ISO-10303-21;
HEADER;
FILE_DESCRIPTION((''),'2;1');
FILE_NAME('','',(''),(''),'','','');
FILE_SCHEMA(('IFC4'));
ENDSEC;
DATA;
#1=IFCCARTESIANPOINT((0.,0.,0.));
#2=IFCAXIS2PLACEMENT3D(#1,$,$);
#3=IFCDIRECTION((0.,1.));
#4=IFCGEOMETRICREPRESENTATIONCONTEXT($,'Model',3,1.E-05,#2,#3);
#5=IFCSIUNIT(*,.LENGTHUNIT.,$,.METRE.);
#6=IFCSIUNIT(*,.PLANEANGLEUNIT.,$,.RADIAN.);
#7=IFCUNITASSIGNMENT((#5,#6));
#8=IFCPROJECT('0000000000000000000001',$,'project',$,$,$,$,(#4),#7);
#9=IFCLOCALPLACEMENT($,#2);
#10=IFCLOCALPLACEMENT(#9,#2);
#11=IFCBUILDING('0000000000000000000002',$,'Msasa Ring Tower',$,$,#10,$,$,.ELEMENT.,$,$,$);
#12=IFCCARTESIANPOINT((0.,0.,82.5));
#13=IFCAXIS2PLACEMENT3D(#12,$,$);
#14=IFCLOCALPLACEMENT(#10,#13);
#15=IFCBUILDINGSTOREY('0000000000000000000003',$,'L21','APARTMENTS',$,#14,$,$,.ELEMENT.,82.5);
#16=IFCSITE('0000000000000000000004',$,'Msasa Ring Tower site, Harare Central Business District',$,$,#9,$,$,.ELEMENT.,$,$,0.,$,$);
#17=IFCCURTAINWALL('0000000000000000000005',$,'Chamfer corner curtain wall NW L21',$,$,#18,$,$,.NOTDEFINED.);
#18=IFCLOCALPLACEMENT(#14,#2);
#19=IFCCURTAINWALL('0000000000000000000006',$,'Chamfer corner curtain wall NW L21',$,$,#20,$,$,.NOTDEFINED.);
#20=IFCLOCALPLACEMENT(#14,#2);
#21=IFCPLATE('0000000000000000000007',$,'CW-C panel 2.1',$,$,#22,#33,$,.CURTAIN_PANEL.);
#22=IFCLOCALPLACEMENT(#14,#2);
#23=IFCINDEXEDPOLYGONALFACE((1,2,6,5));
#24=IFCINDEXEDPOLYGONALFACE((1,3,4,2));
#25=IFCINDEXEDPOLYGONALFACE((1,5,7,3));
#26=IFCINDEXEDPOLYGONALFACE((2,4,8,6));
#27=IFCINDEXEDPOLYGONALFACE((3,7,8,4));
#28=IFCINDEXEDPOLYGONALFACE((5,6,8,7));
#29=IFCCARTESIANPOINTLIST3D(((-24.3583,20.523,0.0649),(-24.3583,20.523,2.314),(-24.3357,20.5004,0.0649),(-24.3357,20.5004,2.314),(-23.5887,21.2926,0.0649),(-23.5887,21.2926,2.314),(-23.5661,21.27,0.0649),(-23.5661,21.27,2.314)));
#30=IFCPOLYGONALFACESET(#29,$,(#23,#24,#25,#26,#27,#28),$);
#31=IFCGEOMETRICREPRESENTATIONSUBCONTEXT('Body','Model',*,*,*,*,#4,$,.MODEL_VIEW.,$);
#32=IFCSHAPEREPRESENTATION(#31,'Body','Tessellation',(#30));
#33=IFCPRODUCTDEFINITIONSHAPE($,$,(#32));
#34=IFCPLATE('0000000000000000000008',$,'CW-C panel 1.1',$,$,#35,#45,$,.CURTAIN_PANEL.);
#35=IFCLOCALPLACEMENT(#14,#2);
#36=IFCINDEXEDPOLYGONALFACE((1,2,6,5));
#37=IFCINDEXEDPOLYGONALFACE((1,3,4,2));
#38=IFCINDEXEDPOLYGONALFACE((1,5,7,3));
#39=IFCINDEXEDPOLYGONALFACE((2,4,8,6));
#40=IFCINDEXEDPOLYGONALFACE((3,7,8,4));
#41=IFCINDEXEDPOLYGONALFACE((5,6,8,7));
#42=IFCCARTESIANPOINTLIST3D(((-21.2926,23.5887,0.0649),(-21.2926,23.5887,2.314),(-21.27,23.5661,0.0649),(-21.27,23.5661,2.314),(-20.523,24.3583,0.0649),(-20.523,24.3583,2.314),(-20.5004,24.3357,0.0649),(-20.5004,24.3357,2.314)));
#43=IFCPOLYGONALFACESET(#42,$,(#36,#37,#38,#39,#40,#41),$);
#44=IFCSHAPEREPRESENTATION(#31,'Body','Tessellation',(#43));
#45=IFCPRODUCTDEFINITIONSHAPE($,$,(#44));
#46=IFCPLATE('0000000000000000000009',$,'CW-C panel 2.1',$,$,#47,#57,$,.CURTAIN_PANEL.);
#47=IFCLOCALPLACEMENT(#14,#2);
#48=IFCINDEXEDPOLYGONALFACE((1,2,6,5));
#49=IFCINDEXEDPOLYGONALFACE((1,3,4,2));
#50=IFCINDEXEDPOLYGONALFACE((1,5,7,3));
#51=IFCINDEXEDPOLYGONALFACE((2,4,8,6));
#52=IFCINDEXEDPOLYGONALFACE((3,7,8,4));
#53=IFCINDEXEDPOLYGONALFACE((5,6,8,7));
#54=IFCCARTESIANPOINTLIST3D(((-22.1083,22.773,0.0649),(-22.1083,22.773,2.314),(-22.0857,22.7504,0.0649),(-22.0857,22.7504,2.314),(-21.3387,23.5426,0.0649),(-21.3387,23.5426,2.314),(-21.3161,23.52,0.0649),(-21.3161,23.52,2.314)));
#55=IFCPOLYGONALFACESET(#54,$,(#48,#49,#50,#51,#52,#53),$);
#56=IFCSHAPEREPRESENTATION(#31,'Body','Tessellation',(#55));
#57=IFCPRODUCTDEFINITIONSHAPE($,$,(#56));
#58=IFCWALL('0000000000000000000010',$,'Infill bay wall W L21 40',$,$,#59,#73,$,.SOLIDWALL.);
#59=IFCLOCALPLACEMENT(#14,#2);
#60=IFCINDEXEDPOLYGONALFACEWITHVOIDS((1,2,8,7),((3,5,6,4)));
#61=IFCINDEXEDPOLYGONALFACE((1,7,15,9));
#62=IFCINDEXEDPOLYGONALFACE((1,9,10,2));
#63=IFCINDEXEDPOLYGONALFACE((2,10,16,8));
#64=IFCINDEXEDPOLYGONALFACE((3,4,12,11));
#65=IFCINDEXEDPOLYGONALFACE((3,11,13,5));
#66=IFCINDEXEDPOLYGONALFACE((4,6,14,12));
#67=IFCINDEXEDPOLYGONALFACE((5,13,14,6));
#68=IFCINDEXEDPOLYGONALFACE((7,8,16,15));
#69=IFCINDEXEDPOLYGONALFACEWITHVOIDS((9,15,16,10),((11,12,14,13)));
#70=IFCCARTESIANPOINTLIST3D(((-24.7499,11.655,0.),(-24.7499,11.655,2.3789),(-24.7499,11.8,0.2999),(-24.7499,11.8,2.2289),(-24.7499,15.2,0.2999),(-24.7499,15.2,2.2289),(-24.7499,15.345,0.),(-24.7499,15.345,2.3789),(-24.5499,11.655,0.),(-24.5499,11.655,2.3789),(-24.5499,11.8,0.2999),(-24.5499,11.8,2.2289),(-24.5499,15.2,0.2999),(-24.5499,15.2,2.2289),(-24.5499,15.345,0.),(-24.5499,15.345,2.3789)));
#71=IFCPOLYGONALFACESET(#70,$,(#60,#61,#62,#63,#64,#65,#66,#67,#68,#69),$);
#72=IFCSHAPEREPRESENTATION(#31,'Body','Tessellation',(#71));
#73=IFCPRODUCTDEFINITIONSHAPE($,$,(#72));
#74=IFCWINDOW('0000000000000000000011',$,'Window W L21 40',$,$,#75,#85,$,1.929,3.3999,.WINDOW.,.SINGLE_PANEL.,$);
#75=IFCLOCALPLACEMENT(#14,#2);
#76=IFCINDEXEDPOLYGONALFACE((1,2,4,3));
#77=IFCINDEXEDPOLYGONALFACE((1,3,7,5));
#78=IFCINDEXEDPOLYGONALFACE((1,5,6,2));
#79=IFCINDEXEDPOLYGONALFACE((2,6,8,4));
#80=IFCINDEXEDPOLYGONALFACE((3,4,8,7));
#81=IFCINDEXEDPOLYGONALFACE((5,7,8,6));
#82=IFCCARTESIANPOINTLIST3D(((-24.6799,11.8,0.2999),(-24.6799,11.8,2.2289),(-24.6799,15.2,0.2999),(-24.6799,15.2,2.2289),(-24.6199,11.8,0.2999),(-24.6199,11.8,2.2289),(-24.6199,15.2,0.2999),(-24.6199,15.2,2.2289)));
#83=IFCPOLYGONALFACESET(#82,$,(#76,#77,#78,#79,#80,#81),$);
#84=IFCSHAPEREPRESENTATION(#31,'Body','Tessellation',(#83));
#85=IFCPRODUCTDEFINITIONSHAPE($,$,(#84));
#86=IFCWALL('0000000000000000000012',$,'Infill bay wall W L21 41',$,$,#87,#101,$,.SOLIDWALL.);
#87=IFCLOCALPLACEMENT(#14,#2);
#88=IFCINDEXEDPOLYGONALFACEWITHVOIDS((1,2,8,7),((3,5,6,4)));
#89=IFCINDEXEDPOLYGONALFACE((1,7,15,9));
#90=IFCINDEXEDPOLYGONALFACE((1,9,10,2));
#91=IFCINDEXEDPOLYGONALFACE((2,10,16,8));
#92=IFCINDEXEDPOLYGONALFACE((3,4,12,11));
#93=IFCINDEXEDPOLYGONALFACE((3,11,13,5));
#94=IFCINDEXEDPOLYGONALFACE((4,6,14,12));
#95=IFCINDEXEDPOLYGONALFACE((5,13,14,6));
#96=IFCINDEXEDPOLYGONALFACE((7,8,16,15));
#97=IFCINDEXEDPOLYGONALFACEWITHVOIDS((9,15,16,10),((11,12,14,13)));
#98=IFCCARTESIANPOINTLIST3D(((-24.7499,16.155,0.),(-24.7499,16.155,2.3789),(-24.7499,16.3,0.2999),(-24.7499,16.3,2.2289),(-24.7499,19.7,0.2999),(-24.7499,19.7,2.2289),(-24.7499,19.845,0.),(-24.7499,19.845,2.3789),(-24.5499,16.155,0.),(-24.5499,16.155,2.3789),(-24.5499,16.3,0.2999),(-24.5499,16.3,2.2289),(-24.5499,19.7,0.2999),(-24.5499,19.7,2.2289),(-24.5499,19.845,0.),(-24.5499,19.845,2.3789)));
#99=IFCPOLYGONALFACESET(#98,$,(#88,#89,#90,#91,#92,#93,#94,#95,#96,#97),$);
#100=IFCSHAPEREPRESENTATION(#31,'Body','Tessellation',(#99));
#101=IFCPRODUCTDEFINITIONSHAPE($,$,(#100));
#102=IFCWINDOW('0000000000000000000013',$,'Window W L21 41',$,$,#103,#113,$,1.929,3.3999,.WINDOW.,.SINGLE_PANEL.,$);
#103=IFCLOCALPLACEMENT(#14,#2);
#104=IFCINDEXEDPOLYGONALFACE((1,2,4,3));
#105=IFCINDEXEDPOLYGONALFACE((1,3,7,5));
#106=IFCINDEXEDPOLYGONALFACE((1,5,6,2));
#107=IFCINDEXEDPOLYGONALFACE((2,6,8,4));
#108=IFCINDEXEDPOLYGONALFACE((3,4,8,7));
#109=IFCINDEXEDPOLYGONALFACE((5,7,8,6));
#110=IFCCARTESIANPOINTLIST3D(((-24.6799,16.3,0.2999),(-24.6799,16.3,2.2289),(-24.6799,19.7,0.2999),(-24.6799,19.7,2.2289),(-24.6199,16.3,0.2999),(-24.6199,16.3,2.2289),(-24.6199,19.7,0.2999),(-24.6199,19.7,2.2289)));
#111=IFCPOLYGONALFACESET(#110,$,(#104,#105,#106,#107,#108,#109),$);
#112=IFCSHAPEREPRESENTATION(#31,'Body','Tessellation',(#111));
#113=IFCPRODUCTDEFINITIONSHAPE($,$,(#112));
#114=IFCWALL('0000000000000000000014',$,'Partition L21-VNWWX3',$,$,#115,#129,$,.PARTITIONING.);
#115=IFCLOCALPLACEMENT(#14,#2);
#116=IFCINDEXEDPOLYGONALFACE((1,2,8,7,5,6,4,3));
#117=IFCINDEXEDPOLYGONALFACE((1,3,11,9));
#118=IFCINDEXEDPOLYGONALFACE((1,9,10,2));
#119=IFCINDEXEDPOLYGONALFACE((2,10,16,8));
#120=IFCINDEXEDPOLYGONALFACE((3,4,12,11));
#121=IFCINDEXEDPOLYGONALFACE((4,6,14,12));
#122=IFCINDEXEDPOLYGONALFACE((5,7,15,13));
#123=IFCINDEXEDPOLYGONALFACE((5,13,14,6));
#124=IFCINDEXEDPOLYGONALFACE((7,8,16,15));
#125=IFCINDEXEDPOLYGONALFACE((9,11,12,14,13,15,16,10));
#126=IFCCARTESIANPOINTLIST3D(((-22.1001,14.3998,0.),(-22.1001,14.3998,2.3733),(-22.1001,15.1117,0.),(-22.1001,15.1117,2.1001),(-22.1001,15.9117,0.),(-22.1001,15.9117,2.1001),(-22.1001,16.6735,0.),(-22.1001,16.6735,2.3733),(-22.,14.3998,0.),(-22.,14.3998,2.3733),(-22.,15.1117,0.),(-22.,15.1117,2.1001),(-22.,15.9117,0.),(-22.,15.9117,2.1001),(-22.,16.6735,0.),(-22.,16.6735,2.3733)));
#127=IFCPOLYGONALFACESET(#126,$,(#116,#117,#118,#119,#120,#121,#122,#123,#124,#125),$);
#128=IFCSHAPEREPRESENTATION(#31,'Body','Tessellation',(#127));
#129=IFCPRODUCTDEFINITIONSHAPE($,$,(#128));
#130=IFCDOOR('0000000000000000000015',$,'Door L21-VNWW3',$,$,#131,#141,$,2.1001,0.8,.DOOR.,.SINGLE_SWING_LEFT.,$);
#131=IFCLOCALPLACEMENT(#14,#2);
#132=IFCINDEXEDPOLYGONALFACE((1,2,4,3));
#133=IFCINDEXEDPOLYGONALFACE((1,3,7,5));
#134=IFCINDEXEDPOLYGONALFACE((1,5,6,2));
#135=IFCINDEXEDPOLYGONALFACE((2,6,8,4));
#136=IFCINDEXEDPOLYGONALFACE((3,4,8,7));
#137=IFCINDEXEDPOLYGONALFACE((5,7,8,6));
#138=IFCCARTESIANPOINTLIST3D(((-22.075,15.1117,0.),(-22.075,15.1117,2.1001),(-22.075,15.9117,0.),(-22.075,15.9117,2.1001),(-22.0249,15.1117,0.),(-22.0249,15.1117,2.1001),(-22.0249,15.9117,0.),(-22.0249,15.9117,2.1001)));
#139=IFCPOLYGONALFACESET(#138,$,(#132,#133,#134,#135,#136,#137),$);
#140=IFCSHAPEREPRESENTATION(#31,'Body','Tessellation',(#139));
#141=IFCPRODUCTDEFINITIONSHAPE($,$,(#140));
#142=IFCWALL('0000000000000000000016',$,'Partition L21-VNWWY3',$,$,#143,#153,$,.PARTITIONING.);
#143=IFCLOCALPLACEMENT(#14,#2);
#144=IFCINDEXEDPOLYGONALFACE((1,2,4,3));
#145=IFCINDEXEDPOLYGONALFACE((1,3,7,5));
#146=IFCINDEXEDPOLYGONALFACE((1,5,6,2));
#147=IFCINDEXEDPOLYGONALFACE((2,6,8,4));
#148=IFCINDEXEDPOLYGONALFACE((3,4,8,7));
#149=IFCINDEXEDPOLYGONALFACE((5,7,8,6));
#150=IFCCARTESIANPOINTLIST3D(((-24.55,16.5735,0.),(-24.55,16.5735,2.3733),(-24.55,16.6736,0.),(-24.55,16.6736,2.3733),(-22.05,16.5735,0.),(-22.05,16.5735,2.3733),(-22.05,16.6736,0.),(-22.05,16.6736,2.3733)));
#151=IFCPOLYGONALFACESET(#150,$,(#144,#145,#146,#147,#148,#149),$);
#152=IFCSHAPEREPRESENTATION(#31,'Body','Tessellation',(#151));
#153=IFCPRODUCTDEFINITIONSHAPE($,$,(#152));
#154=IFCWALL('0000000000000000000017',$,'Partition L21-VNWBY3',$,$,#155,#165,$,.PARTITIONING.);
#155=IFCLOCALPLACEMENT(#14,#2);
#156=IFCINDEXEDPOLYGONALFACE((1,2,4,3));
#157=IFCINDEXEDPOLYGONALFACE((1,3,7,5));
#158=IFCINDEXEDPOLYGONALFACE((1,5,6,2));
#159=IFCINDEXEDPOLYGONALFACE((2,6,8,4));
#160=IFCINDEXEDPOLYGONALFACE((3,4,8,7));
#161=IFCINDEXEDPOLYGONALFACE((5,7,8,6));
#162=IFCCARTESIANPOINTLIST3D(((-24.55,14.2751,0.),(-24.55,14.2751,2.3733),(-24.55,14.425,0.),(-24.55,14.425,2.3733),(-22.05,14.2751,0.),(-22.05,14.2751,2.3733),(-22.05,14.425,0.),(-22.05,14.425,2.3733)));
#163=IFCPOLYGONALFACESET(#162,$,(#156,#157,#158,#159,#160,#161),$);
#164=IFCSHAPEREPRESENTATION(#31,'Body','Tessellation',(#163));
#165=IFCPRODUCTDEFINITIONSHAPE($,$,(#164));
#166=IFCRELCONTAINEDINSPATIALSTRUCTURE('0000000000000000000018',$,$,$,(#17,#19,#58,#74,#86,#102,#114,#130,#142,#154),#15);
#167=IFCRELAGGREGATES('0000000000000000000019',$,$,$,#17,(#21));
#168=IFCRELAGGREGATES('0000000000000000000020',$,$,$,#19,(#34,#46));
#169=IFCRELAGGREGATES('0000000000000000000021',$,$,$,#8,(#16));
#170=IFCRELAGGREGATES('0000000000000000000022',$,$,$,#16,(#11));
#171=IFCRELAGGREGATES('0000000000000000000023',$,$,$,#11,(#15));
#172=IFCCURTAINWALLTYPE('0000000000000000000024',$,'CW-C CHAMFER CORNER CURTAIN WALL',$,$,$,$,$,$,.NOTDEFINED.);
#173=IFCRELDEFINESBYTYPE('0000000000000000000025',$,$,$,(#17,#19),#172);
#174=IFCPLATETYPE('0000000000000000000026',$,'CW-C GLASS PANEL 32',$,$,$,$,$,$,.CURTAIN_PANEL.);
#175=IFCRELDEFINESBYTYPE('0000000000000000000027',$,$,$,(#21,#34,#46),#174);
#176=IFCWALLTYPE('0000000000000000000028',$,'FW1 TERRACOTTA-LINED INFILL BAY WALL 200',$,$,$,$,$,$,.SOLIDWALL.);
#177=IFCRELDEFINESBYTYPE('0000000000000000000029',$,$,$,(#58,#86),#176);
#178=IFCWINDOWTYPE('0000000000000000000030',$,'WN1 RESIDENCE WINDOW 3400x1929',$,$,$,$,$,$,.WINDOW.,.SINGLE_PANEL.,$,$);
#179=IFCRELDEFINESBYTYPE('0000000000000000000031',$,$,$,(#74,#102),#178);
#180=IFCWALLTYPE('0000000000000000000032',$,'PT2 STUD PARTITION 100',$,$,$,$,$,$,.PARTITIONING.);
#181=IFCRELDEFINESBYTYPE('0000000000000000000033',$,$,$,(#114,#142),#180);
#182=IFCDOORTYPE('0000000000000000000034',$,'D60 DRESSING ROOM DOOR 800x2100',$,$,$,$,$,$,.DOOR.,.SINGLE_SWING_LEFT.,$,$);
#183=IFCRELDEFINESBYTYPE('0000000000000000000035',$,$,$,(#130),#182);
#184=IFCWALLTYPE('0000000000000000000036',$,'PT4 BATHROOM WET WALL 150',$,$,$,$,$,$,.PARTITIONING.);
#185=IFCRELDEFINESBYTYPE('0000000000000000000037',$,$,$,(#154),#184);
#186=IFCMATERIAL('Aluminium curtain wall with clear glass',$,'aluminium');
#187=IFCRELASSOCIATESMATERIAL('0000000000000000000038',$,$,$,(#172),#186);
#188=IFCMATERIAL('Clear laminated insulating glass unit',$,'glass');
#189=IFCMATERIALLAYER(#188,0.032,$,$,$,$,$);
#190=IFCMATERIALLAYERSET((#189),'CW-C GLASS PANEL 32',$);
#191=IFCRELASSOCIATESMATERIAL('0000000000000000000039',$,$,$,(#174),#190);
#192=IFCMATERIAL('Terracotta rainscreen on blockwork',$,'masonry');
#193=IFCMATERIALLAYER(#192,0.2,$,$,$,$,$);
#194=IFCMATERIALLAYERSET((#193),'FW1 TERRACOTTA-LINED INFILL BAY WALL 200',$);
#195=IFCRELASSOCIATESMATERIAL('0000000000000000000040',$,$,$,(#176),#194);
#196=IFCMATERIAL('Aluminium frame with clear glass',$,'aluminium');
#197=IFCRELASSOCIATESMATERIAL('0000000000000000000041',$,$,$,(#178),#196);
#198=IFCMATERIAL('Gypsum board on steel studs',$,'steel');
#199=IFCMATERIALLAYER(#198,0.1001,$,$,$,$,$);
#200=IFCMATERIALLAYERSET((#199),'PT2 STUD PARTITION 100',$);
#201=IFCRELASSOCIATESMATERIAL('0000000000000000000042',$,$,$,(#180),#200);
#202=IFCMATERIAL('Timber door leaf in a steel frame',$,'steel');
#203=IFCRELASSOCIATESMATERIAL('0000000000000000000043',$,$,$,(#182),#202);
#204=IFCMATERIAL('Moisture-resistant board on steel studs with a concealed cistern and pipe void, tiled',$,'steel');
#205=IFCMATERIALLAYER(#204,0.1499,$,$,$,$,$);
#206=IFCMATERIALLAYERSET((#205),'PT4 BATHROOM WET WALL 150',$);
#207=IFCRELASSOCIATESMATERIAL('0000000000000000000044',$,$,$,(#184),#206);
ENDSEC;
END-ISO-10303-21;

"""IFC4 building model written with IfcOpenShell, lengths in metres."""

from ifc_helpers import new_model, si_unit, direction, frame, frame_2d, origin, origin_2d, place, context, subcontext, project, spatial, rectangle, extrude, material, layer, layer_set, type_object, element, fill, aggregate, save


model = new_model("IFC4")

# Units and contexts
model_context = context("Model", 3, precision=1e-05, world=origin(), true_north=direction((0.0, 1.0)))
body_context = subcontext(model_context, "Body", "Model", "MODEL_VIEW")
ifc_project = project(units=[si_unit("LENGTHUNIT", "METRE"), si_unit("PLANEANGLEUNIT", "RADIAN")], contexts=[model_context])

# Site, building, storey
site_placement = place(None, origin())
site = spatial("IfcSite", under=ifc_project, at=site_placement, Name="Msasa Ring Tower site, Harare Central Business District", CompositionType="ELEMENT", RefElevation=0.0)
building_placement = place(site_placement, origin())
building = spatial("IfcBuilding", under=site, at=building_placement, Name="Msasa Ring Tower", CompositionType="ELEMENT")
storey_placement = place(building_placement, frame((0.0, 0.0, 82.5)))
storey = spatial("IfcBuildingStorey", under=building, at=storey_placement, Name="L21", Description="APARTMENTS", CompositionType="ELEMENT", Elevation=82.5)

# Curtain walls
ifc_material_1 = material(Name="Aluminium curtain wall with clear glass", Category="aluminium")
curtain_wall_type = type_object("IfcCurtainWallType", Name="CW-C CHAMFER CORNER CURTAIN WALL", PredefinedType="NOTDEFINED", material=ifc_material_1)
curtain_wall_1_placement = place(storey_placement, origin())
curtain_wall_1 = element("IfcCurtainWall", 1, at=curtain_wall_1_placement, inside=storey, type_object=curtain_wall_type, Name="Chamfer corner curtain wall NW L21", PredefinedType="NOTDEFINED")
curtain_wall_2_placement = place(storey_placement, origin())
curtain_wall_2 = element("IfcCurtainWall", 2, at=curtain_wall_2_placement, inside=storey, type_object=curtain_wall_type, Name="Chamfer corner curtain wall NW L21", PredefinedType="NOTDEFINED")

# Plates
ifc_material_2 = material(Name="Clear laminated insulating glass unit", Category="glass")
ifc_layer_1 = layer(ifc_material_2, 0.032)
ifc_layer_set_1 = layer_set([ifc_layer_1], Name="CW-C GLASS PANEL 32")
plate_type = type_object("IfcPlateType", Name="CW-C GLASS PANEL 32", PredefinedType="CURTAIN_PANEL", material=ifc_layer_set_1)
plate_1_placement = place(storey_placement, frame((-23.9622, 20.8965, 0.0649), z_axis=(0.0, 0.0, 1.0), x_axis=(-0.707107, -0.707107, 0.0)))
plate_1 = element("IfcPlate", 3, at=plate_1_placement, type_object=plate_type, Name="CW-C panel 2.1", PredefinedType="CURTAIN_PANEL", context=body_context, shape_type="SweptSolid", body=[
    extrude(rectangle(XDim=1.0884, YDim=0.032, at=origin_2d()), origin(), (0.0, 0.0, 1.0), 2.249),
])
aggregate(curtain_wall_1, [plate_1])
plate_2_placement = place(storey_placement, frame((-20.8965, 23.9622, 0.0649), z_axis=(0.0, 0.0, 1.0), x_axis=(-0.707107, -0.707107, 0.0)))
plate_2 = element("IfcPlate", 4, at=plate_2_placement, type_object=plate_type, Name="CW-C panel 1.1", PredefinedType="CURTAIN_PANEL", context=body_context, shape_type="SweptSolid", body=[
    extrude(rectangle(XDim=1.0884, YDim=0.032, at=origin_2d()), origin(), (0.0, 0.0, 1.0), 2.249),
])
plate_3_placement = place(storey_placement, frame((-21.7122, 23.1465, 0.0649), z_axis=(0.0, 0.0, 1.0), x_axis=(-0.707107, -0.707107, 0.0)))
plate_3 = element("IfcPlate", 5, at=plate_3_placement, type_object=plate_type, Name="CW-C panel 2.1", PredefinedType="CURTAIN_PANEL", context=body_context, shape_type="SweptSolid", body=[
    extrude(rectangle(XDim=1.0884, YDim=0.032, at=origin_2d()), origin(), (0.0, 0.0, 1.0), 2.249),
])
aggregate(curtain_wall_2, [plate_2, plate_3])

# Walls, openings, windows
ifc_material_3 = material(Name="Terracotta rainscreen on blockwork", Category="masonry")
ifc_layer_2 = layer(ifc_material_3, 0.2)
ifc_layer_set_2 = layer_set([ifc_layer_2], Name="FW1 TERRACOTTA-LINED INFILL BAY WALL 200")
wall_type_1 = type_object("IfcWallType", Name="FW1 TERRACOTTA-LINED INFILL BAY WALL 200", PredefinedType="SOLIDWALL", material=ifc_layer_set_2)
wall_1_placement = place(storey_placement, frame((-24.6499, 11.655, 0.0), z_axis=(0.0, 0.0, 1.0), x_axis=(0.0, 1.0, 0.0)))
wall_1 = element("IfcWall", 6, at=wall_1_placement, inside=storey, type_object=wall_type_1, Name="Infill bay wall W L21 40", PredefinedType="SOLIDWALL", context=body_context, shape_type="SweptSolid", body=[
    extrude(rectangle(XDim=3.6899, YDim=0.2, at=frame_2d((1.845, 0.0))), origin(), (0.0, 0.0, 1.0), 2.3789),
])
opening_1_placement = place(wall_1_placement, frame((0.145, 0.0, 0.3)))
opening_1 = element("IfcOpeningElement", 7, at=opening_1_placement, cuts=wall_1, PredefinedType="OPENING", context=body_context, shape_type="SweptSolid", body=[
    extrude(rectangle(XDim=3.3999, YDim=1.929, at=frame_2d((1.7, 0.9644))), frame((0.0, 0.1099, 0.0), z_axis=(0.0, -1.0, 0.0), x_axis=(1.0, 0.0, 0.0)), (0.0, 0.0, 1.0), 0.22),
])
ifc_material_4 = material(Name="Aluminium frame with clear glass", Category="aluminium")
window_type = type_object("IfcWindowType", Name="WN1 RESIDENCE WINDOW 3400x1929", PartitioningType="SINGLE_PANEL", PredefinedType="WINDOW", material=ifc_material_4)
window_1_placement = place(opening_1_placement, origin())
window_1 = element("IfcWindow", 8, at=window_1_placement, inside=storey, type_object=window_type, Name="Window W L21 40", OverallHeight=1.929, OverallWidth=3.3999, PartitioningType="SINGLE_PANEL", PredefinedType="WINDOW", context=body_context, shape_type="SweptSolid", body=[
    extrude(rectangle(XDim=3.3999, YDim=1.929, at=frame_2d((1.7, 0.9644))), frame((0.0, 0.03, 0.0), z_axis=(0.0, -1.0, 0.0), x_axis=(1.0, 0.0, 0.0)), (0.0, 0.0, 1.0), 0.0601),
])
fill(opening_1, window_1)
wall_2_placement = place(storey_placement, frame((-24.6499, 16.155, 0.0), z_axis=(0.0, 0.0, 1.0), x_axis=(0.0, 1.0, 0.0)))
wall_2 = element("IfcWall", 9, at=wall_2_placement, inside=storey, type_object=wall_type_1, Name="Infill bay wall W L21 41", PredefinedType="SOLIDWALL", context=body_context, shape_type="SweptSolid", body=[
    extrude(rectangle(XDim=3.6899, YDim=0.2, at=frame_2d((1.845, 0.0))), origin(), (0.0, 0.0, 1.0), 2.3789),
])
opening_2_placement = place(wall_2_placement, frame((0.145, 0.0, 0.3)))
opening_2 = element("IfcOpeningElement", 10, at=opening_2_placement, cuts=wall_2, PredefinedType="OPENING", context=body_context, shape_type="SweptSolid", body=[
    extrude(rectangle(XDim=3.3999, YDim=1.929, at=frame_2d((1.7, 0.9644))), frame((0.0, 0.1099, 0.0), z_axis=(0.0, -1.0, 0.0), x_axis=(1.0, 0.0, 0.0)), (0.0, 0.0, 1.0), 0.22),
])
window_2_placement = place(opening_2_placement, origin())
window_2 = element("IfcWindow", 11, at=window_2_placement, inside=storey, type_object=window_type, Name="Window W L21 41", OverallHeight=1.929, OverallWidth=3.3999, PartitioningType="SINGLE_PANEL", PredefinedType="WINDOW", context=body_context, shape_type="SweptSolid", body=[
    extrude(rectangle(XDim=3.3999, YDim=1.929, at=frame_2d((1.7, 0.9644))), frame((0.0, 0.03, 0.0), z_axis=(0.0, -1.0, 0.0), x_axis=(1.0, 0.0, 0.0)), (0.0, 0.0, 1.0), 0.0601),
])
fill(opening_2, window_2)

# Wall, opening, door
ifc_material_5 = material(Name="Gypsum board on steel studs", Category="steel")
ifc_layer_3 = layer(ifc_material_5, 0.1001)
ifc_layer_set_3 = layer_set([ifc_layer_3], Name="PT2 STUD PARTITION 100")
wall_type_2 = type_object("IfcWallType", Name="PT2 STUD PARTITION 100", PredefinedType="PARTITIONING", material=ifc_layer_set_3)
wall_3_placement = place(storey_placement, frame((-22.05, 14.3999, 0.0), z_axis=(0.0, 0.0, 1.0), x_axis=(0.0, 1.0, 0.0)))
wall_3 = element("IfcWall", 12, at=wall_3_placement, inside=storey, type_object=wall_type_2, Name="Partition L21-VNWWX3", PredefinedType="PARTITIONING", context=body_context, shape_type="SweptSolid", body=[
    extrude(rectangle(XDim=2.2737, YDim=0.1001, at=frame_2d((1.1367, 0.0))), origin(), (0.0, 0.0, 1.0), 2.3733),
])
opening_3_placement = place(wall_3_placement, frame((0.7119, 0.0, 0.0)))
opening_3 = element("IfcOpeningElement", 13, at=opening_3_placement, cuts=wall_3, PredefinedType="OPENING", context=body_context, shape_type="SweptSolid", body=[
    extrude(rectangle(XDim=0.8, YDim=2.1001, at=frame_2d((0.3999, 1.05))), frame((0.0, 0.0601, 0.0), z_axis=(0.0, -1.0, 0.0), x_axis=(1.0, 0.0, 0.0)), (0.0, 0.0, 1.0), 0.1201),
])
ifc_material_6 = material(Name="Timber door leaf in a steel frame", Category="steel")
door_type = type_object("IfcDoorType", Name="D60 DRESSING ROOM DOOR 800x2100", OperationType="SINGLE_SWING_LEFT", PredefinedType="DOOR", material=ifc_material_6)
door_placement = place(opening_3_placement, origin())
door = element("IfcDoor", 14, at=door_placement, inside=storey, type_object=door_type, Name="Door L21-VNWW3", OperationType="SINGLE_SWING_LEFT", OverallHeight=2.1001, OverallWidth=0.8, PredefinedType="DOOR", context=body_context, shape_type="SweptSolid", body=[
    extrude(rectangle(XDim=0.8, YDim=2.1001, at=frame_2d((0.3999, 1.05))), frame((0.0, 0.0249, 0.0), z_axis=(0.0, -1.0, 0.0), x_axis=(1.0, 0.0, 0.0)), (0.0, 0.0, 1.0), 0.05),
])
fill(opening_3, door)

# Walls
wall_4_placement = place(storey_placement, frame((-24.55, 16.6235, 0.0), z_axis=(0.0, 0.0, 1.0), x_axis=(1.0, 0.0, 0.0)))
element("IfcWall", 15, at=wall_4_placement, inside=storey, type_object=wall_type_2, Name="Partition L21-VNWWY3", PredefinedType="PARTITIONING", context=body_context, shape_type="SweptSolid", body=[
    extrude(rectangle(XDim=2.5, YDim=0.1001, at=frame_2d((1.25, 0.0))), origin(), (0.0, 0.0, 1.0), 2.3733),
])
ifc_material_7 = material(Name="Moisture-resistant board on steel studs with a concealed cistern and pipe void, tiled", Category="steel")
ifc_layer_4 = layer(ifc_material_7, 0.1499)
ifc_layer_set_4 = layer_set([ifc_layer_4], Name="PT4 BATHROOM WET WALL 150")
wall_type_3 = type_object("IfcWallType", Name="PT4 BATHROOM WET WALL 150", PredefinedType="PARTITIONING", material=ifc_layer_set_4)
wall_5_placement = place(storey_placement, frame((-24.55, 14.3501, 0.0), z_axis=(0.0, 0.0, 1.0), x_axis=(1.0, 0.0, 0.0)))
element("IfcWall", 16, at=wall_5_placement, inside=storey, type_object=wall_type_3, Name="Partition L21-VNWBY3", PredefinedType="PARTITIONING", context=body_context, shape_type="SweptSolid", body=[
    extrude(rectangle(XDim=2.5, YDim=0.1499, at=frame_2d((1.25, 0.0))), origin(), (0.0, 0.0, 1.0), 2.3733),
])

save(model, "model.ifc")
